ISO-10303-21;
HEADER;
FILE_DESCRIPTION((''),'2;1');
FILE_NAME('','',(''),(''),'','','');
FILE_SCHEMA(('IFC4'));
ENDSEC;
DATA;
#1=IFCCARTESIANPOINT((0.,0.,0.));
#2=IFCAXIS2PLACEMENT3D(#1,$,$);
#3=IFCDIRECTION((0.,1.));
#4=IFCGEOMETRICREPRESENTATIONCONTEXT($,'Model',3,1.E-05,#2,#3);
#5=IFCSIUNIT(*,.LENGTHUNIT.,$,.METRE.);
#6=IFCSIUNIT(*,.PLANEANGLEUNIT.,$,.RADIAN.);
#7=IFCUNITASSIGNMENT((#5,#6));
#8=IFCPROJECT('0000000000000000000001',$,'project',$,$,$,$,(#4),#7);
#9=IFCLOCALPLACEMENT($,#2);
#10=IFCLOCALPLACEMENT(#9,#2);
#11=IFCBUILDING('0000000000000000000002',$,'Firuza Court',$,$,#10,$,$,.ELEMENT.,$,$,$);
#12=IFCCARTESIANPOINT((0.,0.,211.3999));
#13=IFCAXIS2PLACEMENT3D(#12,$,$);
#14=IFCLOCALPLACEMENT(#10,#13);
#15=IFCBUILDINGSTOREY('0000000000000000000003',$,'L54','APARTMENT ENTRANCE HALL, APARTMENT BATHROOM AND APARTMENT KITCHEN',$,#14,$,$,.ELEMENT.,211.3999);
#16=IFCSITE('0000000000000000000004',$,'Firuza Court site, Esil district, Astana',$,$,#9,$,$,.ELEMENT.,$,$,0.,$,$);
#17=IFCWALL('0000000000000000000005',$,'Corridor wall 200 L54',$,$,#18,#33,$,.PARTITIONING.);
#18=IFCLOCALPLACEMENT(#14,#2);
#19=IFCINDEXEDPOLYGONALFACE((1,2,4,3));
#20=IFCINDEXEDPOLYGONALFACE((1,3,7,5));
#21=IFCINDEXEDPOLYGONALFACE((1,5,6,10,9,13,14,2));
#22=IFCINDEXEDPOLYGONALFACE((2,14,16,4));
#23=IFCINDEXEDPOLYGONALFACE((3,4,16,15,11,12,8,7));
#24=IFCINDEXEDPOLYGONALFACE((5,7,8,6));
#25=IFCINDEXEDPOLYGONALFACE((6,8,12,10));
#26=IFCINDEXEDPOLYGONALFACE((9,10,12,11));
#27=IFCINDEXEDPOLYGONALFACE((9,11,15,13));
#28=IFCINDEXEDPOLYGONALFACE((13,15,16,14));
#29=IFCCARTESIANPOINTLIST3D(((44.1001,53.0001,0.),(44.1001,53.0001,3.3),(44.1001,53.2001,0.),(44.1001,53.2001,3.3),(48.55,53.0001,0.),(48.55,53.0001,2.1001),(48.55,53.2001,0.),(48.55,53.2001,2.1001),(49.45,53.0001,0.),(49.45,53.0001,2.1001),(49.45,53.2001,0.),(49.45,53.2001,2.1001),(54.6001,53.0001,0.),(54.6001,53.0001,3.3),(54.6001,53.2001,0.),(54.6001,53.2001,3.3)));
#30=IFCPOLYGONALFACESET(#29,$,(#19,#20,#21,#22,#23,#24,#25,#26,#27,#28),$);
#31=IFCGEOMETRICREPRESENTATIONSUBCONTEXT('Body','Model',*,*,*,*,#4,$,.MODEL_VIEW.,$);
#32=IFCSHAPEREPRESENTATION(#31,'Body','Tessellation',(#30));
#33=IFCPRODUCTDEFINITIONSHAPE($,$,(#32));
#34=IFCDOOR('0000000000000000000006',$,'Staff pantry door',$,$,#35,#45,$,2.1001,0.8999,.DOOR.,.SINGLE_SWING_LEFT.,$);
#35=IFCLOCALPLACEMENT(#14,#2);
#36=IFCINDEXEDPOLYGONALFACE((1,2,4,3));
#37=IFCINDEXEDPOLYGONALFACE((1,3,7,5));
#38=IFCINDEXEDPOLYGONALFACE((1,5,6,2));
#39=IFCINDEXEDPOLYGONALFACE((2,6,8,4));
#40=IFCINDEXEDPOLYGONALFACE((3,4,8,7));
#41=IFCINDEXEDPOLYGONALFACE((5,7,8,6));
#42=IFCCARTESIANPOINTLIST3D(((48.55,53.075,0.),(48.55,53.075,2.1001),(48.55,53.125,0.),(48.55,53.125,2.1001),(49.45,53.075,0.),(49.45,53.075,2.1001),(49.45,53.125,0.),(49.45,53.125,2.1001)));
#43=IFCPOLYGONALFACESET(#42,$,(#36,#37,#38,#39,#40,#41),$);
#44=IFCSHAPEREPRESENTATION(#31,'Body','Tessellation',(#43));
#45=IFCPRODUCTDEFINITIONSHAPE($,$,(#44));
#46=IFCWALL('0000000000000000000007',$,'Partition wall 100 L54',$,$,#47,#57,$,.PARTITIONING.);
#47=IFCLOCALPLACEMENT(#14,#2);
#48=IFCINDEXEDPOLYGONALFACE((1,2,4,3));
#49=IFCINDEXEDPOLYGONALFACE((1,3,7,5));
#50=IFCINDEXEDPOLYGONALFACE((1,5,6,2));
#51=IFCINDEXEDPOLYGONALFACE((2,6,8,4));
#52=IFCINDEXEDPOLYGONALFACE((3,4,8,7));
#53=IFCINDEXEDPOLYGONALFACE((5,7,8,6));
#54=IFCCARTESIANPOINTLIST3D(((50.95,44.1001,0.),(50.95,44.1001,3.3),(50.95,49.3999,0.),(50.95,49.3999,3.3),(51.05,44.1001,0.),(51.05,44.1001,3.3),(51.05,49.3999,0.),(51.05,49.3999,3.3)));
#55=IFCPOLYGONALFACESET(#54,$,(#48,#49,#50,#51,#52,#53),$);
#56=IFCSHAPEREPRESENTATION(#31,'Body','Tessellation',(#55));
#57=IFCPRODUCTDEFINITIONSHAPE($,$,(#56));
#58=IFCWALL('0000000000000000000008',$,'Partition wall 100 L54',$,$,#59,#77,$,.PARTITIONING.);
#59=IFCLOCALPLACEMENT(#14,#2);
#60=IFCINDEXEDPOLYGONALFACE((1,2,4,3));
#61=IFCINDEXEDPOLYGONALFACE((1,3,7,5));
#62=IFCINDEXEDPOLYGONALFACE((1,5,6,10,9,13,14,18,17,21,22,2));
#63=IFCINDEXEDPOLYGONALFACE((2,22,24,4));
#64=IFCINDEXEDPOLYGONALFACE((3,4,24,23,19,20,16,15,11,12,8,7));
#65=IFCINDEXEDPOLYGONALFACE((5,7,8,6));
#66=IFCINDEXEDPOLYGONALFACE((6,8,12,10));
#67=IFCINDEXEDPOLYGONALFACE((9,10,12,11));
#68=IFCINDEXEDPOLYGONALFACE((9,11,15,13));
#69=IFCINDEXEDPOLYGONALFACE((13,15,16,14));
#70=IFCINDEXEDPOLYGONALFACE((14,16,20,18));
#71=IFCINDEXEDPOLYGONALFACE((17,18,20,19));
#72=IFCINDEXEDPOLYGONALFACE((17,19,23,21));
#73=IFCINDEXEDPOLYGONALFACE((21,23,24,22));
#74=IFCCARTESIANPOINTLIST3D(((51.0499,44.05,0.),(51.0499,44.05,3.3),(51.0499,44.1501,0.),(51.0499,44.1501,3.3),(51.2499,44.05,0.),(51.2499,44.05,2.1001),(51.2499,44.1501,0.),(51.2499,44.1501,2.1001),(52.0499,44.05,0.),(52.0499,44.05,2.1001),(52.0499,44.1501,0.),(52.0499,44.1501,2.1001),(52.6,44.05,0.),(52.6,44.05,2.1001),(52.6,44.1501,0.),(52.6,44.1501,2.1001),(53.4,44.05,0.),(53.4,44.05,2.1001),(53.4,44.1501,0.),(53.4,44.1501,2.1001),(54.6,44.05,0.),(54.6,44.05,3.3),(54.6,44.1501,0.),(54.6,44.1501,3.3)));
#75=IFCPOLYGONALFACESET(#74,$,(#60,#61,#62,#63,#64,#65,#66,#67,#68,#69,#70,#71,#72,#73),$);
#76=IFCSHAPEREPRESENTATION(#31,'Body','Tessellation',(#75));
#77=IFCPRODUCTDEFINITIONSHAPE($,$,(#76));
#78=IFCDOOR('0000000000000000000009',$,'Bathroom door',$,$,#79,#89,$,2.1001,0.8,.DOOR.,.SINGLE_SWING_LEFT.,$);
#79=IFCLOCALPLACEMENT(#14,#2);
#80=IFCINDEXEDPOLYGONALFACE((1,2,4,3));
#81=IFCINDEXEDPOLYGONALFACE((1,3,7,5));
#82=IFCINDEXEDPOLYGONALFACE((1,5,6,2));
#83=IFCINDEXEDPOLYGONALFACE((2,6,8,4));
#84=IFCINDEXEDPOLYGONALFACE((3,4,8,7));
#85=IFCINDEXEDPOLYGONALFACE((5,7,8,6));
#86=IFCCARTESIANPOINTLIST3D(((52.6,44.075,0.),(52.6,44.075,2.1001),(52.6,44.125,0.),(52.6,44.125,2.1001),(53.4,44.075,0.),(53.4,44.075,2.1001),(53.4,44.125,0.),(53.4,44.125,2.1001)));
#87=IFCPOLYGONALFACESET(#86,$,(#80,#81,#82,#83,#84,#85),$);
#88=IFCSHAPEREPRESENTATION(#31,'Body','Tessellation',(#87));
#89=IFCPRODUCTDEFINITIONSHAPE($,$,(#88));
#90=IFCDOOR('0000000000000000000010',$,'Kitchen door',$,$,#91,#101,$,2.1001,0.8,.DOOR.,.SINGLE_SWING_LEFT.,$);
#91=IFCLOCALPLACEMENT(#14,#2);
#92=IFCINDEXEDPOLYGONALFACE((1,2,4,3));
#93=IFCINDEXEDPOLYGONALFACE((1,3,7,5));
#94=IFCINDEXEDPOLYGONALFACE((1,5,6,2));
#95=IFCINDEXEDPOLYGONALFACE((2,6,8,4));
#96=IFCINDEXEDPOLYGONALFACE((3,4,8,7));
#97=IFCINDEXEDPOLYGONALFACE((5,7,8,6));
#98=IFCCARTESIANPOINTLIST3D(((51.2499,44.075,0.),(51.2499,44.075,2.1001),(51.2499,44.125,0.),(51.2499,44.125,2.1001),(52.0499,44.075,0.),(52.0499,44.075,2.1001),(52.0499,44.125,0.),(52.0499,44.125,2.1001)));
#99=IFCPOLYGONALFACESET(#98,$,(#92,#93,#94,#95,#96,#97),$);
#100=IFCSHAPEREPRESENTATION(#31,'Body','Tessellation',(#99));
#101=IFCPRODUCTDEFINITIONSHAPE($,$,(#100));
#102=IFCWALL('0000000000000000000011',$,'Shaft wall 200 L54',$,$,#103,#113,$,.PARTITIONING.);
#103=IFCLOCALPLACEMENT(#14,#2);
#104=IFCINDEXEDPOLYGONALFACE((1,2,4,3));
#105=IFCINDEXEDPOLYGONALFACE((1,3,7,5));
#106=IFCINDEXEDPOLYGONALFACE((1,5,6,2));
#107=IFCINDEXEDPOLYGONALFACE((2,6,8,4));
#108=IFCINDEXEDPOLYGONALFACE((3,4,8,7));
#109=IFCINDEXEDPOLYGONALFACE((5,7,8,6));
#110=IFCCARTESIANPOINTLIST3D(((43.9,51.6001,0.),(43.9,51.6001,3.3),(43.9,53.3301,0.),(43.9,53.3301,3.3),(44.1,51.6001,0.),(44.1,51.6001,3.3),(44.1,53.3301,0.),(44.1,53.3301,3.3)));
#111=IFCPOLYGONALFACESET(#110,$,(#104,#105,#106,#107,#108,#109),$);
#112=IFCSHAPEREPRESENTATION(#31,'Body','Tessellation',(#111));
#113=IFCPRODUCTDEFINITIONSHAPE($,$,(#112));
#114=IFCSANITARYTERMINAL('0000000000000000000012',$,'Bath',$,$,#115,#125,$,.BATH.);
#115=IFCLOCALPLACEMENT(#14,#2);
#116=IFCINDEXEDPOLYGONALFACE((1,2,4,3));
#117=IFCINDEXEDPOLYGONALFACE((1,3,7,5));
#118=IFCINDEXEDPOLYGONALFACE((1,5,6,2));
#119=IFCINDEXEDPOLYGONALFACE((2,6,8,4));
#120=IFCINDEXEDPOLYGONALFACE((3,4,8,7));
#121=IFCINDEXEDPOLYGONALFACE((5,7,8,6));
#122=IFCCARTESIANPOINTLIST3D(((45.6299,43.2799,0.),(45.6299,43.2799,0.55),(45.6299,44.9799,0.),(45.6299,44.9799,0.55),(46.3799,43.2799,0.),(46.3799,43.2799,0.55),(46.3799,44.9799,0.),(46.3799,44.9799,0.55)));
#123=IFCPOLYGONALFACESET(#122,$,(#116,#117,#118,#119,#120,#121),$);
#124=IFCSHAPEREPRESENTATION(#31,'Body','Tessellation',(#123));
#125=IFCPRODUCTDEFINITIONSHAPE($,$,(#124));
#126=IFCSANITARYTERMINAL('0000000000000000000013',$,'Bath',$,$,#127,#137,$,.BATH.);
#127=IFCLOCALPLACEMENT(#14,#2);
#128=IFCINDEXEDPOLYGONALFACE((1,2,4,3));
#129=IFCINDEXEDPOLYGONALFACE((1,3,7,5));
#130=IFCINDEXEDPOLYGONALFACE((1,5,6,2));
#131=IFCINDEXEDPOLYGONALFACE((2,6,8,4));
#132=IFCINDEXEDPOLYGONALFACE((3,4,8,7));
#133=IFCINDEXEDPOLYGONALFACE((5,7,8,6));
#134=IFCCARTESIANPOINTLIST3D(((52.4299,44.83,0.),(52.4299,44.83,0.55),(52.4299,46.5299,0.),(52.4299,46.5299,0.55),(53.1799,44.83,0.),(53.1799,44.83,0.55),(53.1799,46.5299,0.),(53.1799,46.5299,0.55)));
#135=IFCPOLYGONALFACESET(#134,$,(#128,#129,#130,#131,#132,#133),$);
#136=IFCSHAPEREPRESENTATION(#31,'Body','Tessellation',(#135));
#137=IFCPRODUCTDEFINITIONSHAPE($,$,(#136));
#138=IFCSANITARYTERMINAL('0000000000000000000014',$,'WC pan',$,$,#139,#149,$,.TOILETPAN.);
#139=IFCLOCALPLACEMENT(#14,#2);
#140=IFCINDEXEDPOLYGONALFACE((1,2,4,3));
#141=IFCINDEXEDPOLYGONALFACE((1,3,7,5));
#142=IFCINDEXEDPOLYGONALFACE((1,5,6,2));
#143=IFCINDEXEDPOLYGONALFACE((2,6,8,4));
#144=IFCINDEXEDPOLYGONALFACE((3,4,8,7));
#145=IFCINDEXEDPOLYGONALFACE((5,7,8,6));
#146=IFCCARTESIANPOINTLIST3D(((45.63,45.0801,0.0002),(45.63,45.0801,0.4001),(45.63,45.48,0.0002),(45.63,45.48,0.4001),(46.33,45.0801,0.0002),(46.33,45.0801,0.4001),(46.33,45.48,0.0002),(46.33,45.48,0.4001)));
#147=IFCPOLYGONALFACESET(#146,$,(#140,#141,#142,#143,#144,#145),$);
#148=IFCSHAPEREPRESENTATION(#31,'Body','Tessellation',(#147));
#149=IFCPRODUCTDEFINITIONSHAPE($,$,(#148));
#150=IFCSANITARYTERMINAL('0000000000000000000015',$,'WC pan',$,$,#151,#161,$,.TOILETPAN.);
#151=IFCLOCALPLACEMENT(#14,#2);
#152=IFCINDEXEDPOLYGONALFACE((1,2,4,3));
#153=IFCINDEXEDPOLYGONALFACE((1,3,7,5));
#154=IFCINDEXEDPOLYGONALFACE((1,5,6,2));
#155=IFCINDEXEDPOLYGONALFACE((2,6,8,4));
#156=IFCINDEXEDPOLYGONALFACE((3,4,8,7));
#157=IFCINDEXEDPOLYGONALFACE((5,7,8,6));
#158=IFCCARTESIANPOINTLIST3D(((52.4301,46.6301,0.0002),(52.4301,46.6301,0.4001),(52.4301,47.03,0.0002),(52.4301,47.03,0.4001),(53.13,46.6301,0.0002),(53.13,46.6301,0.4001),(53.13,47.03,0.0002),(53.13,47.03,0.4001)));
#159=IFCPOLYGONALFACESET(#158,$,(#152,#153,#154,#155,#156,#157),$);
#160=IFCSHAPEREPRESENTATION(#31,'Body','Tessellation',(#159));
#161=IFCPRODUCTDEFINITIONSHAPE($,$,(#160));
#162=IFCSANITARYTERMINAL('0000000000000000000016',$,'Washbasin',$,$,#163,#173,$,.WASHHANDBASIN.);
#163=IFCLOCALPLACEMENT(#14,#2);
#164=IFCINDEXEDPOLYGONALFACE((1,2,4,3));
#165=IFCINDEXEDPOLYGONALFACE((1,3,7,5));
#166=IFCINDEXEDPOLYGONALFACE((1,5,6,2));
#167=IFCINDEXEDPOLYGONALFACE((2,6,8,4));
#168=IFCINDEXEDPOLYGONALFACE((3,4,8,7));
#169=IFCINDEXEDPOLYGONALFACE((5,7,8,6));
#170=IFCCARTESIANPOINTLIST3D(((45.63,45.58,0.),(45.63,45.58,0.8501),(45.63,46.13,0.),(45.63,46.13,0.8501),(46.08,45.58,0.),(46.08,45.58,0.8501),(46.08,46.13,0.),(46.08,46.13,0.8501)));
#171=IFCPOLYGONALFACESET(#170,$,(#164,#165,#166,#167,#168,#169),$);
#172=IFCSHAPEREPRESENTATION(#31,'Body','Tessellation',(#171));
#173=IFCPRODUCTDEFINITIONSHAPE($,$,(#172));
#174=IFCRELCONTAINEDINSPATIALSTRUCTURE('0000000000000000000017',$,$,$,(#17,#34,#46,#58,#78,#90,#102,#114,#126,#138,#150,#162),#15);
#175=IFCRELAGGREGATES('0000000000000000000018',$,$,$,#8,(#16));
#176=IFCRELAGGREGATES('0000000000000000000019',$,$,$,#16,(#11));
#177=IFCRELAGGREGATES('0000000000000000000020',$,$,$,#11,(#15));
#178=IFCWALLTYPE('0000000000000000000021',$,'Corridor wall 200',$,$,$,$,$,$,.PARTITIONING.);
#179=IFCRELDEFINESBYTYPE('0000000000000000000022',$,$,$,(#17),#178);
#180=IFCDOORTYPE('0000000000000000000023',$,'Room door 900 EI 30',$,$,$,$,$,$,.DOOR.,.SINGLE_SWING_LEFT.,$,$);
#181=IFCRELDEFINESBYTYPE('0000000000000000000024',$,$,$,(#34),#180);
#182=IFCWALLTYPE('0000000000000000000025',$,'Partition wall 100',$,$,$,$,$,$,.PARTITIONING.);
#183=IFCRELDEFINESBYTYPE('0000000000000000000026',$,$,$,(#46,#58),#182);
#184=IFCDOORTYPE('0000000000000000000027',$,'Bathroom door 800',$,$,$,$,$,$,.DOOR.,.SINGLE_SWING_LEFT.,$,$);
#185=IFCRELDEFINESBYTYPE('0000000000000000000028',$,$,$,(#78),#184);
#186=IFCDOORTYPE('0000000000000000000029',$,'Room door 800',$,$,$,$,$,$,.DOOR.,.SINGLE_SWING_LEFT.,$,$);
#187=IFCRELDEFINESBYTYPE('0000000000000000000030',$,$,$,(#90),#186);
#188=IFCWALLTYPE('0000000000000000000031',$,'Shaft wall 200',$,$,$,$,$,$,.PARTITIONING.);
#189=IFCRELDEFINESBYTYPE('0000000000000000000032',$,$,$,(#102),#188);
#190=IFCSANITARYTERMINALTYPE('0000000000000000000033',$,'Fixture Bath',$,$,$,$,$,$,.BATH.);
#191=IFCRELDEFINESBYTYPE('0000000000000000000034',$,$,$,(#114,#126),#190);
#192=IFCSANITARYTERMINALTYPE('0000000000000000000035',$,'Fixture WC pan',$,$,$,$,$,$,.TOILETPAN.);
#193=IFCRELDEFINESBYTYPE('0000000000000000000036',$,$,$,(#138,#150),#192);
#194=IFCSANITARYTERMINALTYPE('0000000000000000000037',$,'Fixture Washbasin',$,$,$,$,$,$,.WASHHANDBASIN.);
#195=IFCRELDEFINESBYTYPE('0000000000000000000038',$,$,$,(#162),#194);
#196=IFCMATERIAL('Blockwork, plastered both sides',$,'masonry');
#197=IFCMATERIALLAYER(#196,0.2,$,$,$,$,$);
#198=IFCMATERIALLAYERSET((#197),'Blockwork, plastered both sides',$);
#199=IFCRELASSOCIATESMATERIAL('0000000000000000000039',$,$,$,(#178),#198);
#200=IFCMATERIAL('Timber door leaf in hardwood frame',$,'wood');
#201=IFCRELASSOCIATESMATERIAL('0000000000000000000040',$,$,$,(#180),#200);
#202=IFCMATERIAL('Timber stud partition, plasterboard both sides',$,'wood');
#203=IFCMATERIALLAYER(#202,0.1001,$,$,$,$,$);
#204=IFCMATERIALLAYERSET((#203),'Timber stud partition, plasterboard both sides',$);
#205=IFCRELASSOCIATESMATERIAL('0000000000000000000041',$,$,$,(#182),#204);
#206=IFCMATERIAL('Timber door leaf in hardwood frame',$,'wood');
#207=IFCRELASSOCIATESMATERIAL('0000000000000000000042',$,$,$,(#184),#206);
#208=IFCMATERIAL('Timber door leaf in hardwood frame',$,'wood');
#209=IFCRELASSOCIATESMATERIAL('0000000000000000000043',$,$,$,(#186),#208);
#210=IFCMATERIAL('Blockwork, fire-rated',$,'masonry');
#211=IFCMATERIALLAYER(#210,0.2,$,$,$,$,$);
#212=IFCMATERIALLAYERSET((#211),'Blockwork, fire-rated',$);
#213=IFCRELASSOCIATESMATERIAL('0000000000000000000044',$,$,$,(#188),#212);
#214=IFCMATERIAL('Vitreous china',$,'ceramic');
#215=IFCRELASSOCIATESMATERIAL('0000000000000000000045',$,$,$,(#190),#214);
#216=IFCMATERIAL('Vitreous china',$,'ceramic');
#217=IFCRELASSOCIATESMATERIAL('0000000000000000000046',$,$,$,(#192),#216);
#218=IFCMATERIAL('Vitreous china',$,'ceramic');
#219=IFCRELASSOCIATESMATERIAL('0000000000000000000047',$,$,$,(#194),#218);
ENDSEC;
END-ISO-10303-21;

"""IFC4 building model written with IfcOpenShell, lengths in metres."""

from ifc_helpers import new_model, si_unit, direction, frame, frame_2d, origin, origin_2d, place, context, subcontext, project, spatial, rectangle, extrude, material, layer, layer_set, type_object, element, fill, save


model = new_model("IFC4")

# Units and contexts
model_context = context("Model", 3, precision=1e-05, world=origin(), true_north=direction((0.0, 1.0)))
body_context = subcontext(model_context, "Body", "Model", "MODEL_VIEW")
ifc_project = project(units=[si_unit("LENGTHUNIT", "METRE"), si_unit("PLANEANGLEUNIT", "RADIAN")], contexts=[model_context])

# Site, building, storey
site_placement = place(None, origin())
site = spatial("IfcSite", under=ifc_project, at=site_placement, Name="Firuza Court site, Esil district, Astana", CompositionType="ELEMENT", RefElevation=0.0)
building_placement = place(site_placement, origin())
building = spatial("IfcBuilding", under=site, at=building_placement, Name="Firuza Court", CompositionType="ELEMENT")
storey_placement = place(building_placement, frame((0.0, 0.0, 211.3999)))
storey = spatial("IfcBuildingStorey", under=building, at=storey_placement, Name="L54", Description="APARTMENT ENTRANCE HALL, APARTMENT BATHROOM AND APARTMENT KITCHEN", CompositionType="ELEMENT", Elevation=211.3999)

# Wall, opening, door
ifc_material_1 = material(Name="Blockwork, plastered both sides", Category="masonry")
ifc_layer_1 = layer(ifc_material_1, 0.2)
ifc_layer_set_1 = layer_set([ifc_layer_1], Name="Blockwork, plastered both sides")
wall_type_1 = type_object("IfcWallType", Name="Corridor wall 200", PredefinedType="PARTITIONING", material=ifc_layer_set_1)
wall_1_placement = place(storey_placement, frame((44.1001, 53.1001, 0.0), z_axis=(0.0, 0.0, 1.0), x_axis=(1.0, 0.0, 0.0)))
wall_1 = element("IfcWall", 1, at=wall_1_placement, inside=storey, type_object=wall_type_1, Name="Corridor wall 200 L54", PredefinedType="PARTITIONING", context=body_context, shape_type="SweptSolid", body=[
    extrude(rectangle(XDim=10.5, YDim=0.2, at=frame_2d((5.25, 0.0))), origin(), (0.0, 0.0, 1.0), 3.3),
])
opening_1_placement = place(wall_1_placement, frame((4.45, 0.0, 0.0)))
opening_1 = element("IfcOpeningElement", 2, at=opening_1_placement, cuts=wall_1, PredefinedType="OPENING", context=body_context, shape_type="SweptSolid", body=[
    extrude(rectangle(XDim=0.8999, YDim=2.1001, at=frame_2d((0.45, 1.05))), frame((0.0, 0.1118, 0.0), z_axis=(0.0, -1.0, 0.0), x_axis=(1.0, 0.0, 0.0)), (0.0, 0.0, 1.0), 0.2239),
])
ifc_material_2 = material(Name="Timber door leaf in hardwood frame", Category="wood")
door_type_1 = type_object("IfcDoorType", Name="Room door 900 EI 30", OperationType="SINGLE_SWING_LEFT", PredefinedType="DOOR", material=ifc_material_2)
door_1_placement = place(opening_1_placement, origin())
door_1 = element("IfcDoor", 3, at=door_1_placement, inside=storey, type_object=door_type_1, Name="Staff pantry door", OperationType="SINGLE_SWING_LEFT", OverallHeight=2.1001, OverallWidth=0.8999, PredefinedType="DOOR", context=body_context, shape_type="SweptSolid", body=[
    extrude(rectangle(XDim=0.8999, YDim=2.1001, at=frame_2d((0.45, 1.05))), frame((0.0, 0.0249, 0.0), z_axis=(0.0, -1.0, 0.0), x_axis=(1.0, 0.0, 0.0)), (0.0, 0.0, 1.0), 0.05),
])
fill(opening_1, door_1)

# Wall
ifc_material_3 = material(Name="Timber stud partition, plasterboard both sides", Category="wood")
ifc_layer_2 = layer(ifc_material_3, 0.1001)
ifc_layer_set_2 = layer_set([ifc_layer_2], Name="Timber stud partition, plasterboard both sides")
wall_type_2 = type_object("IfcWallType", Name="Partition wall 100", PredefinedType="PARTITIONING", material=ifc_layer_set_2)
wall_2_placement = place(storey_placement, frame((51.0, 44.1001, 0.0), z_axis=(0.0, 0.0, 1.0), x_axis=(0.0, 1.0, 0.0)))
element("IfcWall", 4, at=wall_2_placement, inside=storey, type_object=wall_type_2, Name="Partition wall 100 L54", PredefinedType="PARTITIONING", context=body_context, shape_type="SweptSolid", body=[
    extrude(rectangle(XDim=5.2998, YDim=0.1001, at=frame_2d((2.6499, 0.0))), origin(), (0.0, 0.0, 1.0), 3.3),
])

# Wall, openings, doors
wall_3_placement = place(storey_placement, frame((51.05, 44.1001, 0.0), z_axis=(0.0, 0.0, 1.0), x_axis=(1.0, 0.0, 0.0)))
wall_3 = element("IfcWall", 5, at=wall_3_placement, inside=storey, type_object=wall_type_2, Name="Partition wall 100 L54", PredefinedType="PARTITIONING", context=body_context, shape_type="SweptSolid", body=[
    extrude(rectangle(XDim=3.55, YDim=0.1001, at=frame_2d((1.7749, 0.0))), origin(), (0.0, 0.0, 1.0), 3.3),
])
opening_2_placement = place(wall_3_placement, frame((1.55, 0.0, 0.0)))
opening_2 = element("IfcOpeningElement", 6, at=opening_2_placement, cuts=wall_3, PredefinedType="OPENING", context=body_context, shape_type="SweptSolid", body=[
    extrude(rectangle(XDim=0.8, YDim=2.1001, at=frame_2d((0.3999, 1.05))), frame((0.0, 0.062, 0.0), z_axis=(0.0, -1.0, 0.0), x_axis=(1.0, 0.0, 0.0)), (0.0, 0.0, 1.0), 0.124),
])
opening_3_placement = place(wall_3_placement, frame((0.2, 0.0, 0.0)))
opening_3 = element("IfcOpeningElement", 7, at=opening_3_placement, cuts=wall_3, PredefinedType="OPENING", context=body_context, shape_type="SweptSolid", body=[
    extrude(rectangle(XDim=0.8, YDim=2.1001, at=frame_2d((0.3999, 1.05))), frame((0.0, 0.062, 0.0), z_axis=(0.0, -1.0, 0.0), x_axis=(1.0, 0.0, 0.0)), (0.0, 0.0, 1.0), 0.124),
])
ifc_material_4 = material(Name="Timber door leaf in hardwood frame", Category="wood")
door_type_2 = type_object("IfcDoorType", Name="Bathroom door 800", OperationType="SINGLE_SWING_LEFT", PredefinedType="DOOR", material=ifc_material_4)
door_2_placement = place(opening_2_placement, origin())
door_2 = element("IfcDoor", 8, at=door_2_placement, inside=storey, type_object=door_type_2, Name="Bathroom door", OperationType="SINGLE_SWING_LEFT", OverallHeight=2.1001, OverallWidth=0.8, PredefinedType="DOOR", context=body_context, shape_type="SweptSolid", body=[
    extrude(rectangle(XDim=0.8, YDim=2.1001, at=frame_2d((0.3999, 1.05))), frame((0.0, 0.0249, 0.0), z_axis=(0.0, -1.0, 0.0), x_axis=(1.0, 0.0, 0.0)), (0.0, 0.0, 1.0), 0.05),
])
fill(opening_2, door_2)
ifc_material_5 = material(Name="Timber door leaf in hardwood frame", Category="wood")
door_type_3 = type_object("IfcDoorType", Name="Room door 800", OperationType="SINGLE_SWING_LEFT", PredefinedType="DOOR", material=ifc_material_5)
door_3_placement = place(opening_3_placement, origin())
door_3 = element("IfcDoor", 9, at=door_3_placement, inside=storey, type_object=door_type_3, Name="Kitchen door", OperationType="SINGLE_SWING_LEFT", OverallHeight=2.1001, OverallWidth=0.8, PredefinedType="DOOR", context=body_context, shape_type="SweptSolid", body=[
    extrude(rectangle(XDim=0.8, YDim=2.1001, at=frame_2d((0.3999, 1.05))), frame((0.0, 0.0249, 0.0), z_axis=(0.0, -1.0, 0.0), x_axis=(1.0, 0.0, 0.0)), (0.0, 0.0, 1.0), 0.05),
])
fill(opening_3, door_3)

# Wall
ifc_material_6 = material(Name="Blockwork, fire-rated", Category="masonry")
ifc_layer_3 = layer(ifc_material_6, 0.2)
ifc_layer_set_3 = layer_set([ifc_layer_3], Name="Blockwork, fire-rated")
wall_type_3 = type_object("IfcWallType", Name="Shaft wall 200", PredefinedType="PARTITIONING", material=ifc_layer_set_3)
wall_4_placement = place(storey_placement, frame((44.0, 51.6001, 0.0), z_axis=(0.0, 0.0, 1.0), x_axis=(0.0, 1.0, 0.0)))
element("IfcWall", 10, at=wall_4_placement, inside=storey, type_object=wall_type_3, Name="Shaft wall 200 L54", PredefinedType="PARTITIONING", context=body_context, shape_type="SweptSolid", body=[
    extrude(rectangle(XDim=1.73, YDim=0.2, at=frame_2d((0.865, 0.0))), origin(), (0.0, 0.0, 1.0), 3.3),
])

# Sanitary terminals
ifc_material_7 = material(Name="Vitreous china", Category="ceramic")
sanitary_terminal_type_1 = type_object("IfcSanitaryTerminalType", Name="Fixture Bath", PredefinedType="BATH", material=ifc_material_7)
for number, where, z_axis, x_axis, name in (
    (11, (46.0049, 44.1299, 0.0), (0.0, 0.0, 1.0), (1.0, 0.0, 0.0), "Bath"),
    (12, (52.8049, 45.6799, 0.0), (0.0, 0.0, 1.0), (1.0, 0.0, 0.0), "Bath"),
):
    element("IfcSanitaryTerminal", number, at=place(storey_placement, frame(where, z_axis=z_axis, x_axis=x_axis)), inside=storey, type_object=sanitary_terminal_type_1, Name=name, PredefinedType="BATH", context=body_context, shape_type="SweptSolid", body=[
        extrude(rectangle(XDim=0.75, YDim=1.7, at=origin_2d()), origin(), (0.0, 0.0, 1.0), 0.55),
    ])
ifc_material_8 = material(Name="Vitreous china", Category="ceramic")
sanitary_terminal_type_2 = type_object("IfcSanitaryTerminalType", Name="Fixture WC pan", PredefinedType="TOILETPAN", material=ifc_material_8)
for number, where, z_axis, x_axis, name in (
    (13, (45.98, 45.28, 0.0002), (0.0, 0.0, 1.0), (1.0, 0.0, 0.0), "WC pan"),
    (14, (52.78, 46.8301, 0.0002), (0.0, 0.0, 1.0), (1.0, 0.0, 0.0), "WC pan"),
):
    element("IfcSanitaryTerminal", number, at=place(storey_placement, frame(where, z_axis=z_axis, x_axis=x_axis)), inside=storey, type_object=sanitary_terminal_type_2, Name=name, PredefinedType="TOILETPAN", context=body_context, shape_type="SweptSolid", body=[
        extrude(rectangle(XDim=0.7, YDim=0.3999, at=origin_2d()), origin(), (0.0, 0.0, 1.0), 0.3999),
    ])
ifc_material_9 = material(Name="Vitreous china", Category="ceramic")
sanitary_terminal_type_3 = type_object("IfcSanitaryTerminalType", Name="Fixture Washbasin", PredefinedType="WASHHANDBASIN", material=ifc_material_9)
for number, where, z_axis, x_axis, name in (
    (15, (45.855, 45.855, 0.0), (0.0, 0.0, 1.0), (1.0, 0.0, 0.0), "Washbasin"),
):
    element("IfcSanitaryTerminal", number, at=place(storey_placement, frame(where, z_axis=z_axis, x_axis=x_axis)), inside=storey, type_object=sanitary_terminal_type_3, Name=name, PredefinedType="WASHHANDBASIN", context=body_context, shape_type="SweptSolid", body=[
        extrude(rectangle(XDim=0.45, YDim=0.55, at=origin_2d()), origin(), (0.0, 0.0, 1.0), 0.8501),
    ])

save(model, "model.ifc")
